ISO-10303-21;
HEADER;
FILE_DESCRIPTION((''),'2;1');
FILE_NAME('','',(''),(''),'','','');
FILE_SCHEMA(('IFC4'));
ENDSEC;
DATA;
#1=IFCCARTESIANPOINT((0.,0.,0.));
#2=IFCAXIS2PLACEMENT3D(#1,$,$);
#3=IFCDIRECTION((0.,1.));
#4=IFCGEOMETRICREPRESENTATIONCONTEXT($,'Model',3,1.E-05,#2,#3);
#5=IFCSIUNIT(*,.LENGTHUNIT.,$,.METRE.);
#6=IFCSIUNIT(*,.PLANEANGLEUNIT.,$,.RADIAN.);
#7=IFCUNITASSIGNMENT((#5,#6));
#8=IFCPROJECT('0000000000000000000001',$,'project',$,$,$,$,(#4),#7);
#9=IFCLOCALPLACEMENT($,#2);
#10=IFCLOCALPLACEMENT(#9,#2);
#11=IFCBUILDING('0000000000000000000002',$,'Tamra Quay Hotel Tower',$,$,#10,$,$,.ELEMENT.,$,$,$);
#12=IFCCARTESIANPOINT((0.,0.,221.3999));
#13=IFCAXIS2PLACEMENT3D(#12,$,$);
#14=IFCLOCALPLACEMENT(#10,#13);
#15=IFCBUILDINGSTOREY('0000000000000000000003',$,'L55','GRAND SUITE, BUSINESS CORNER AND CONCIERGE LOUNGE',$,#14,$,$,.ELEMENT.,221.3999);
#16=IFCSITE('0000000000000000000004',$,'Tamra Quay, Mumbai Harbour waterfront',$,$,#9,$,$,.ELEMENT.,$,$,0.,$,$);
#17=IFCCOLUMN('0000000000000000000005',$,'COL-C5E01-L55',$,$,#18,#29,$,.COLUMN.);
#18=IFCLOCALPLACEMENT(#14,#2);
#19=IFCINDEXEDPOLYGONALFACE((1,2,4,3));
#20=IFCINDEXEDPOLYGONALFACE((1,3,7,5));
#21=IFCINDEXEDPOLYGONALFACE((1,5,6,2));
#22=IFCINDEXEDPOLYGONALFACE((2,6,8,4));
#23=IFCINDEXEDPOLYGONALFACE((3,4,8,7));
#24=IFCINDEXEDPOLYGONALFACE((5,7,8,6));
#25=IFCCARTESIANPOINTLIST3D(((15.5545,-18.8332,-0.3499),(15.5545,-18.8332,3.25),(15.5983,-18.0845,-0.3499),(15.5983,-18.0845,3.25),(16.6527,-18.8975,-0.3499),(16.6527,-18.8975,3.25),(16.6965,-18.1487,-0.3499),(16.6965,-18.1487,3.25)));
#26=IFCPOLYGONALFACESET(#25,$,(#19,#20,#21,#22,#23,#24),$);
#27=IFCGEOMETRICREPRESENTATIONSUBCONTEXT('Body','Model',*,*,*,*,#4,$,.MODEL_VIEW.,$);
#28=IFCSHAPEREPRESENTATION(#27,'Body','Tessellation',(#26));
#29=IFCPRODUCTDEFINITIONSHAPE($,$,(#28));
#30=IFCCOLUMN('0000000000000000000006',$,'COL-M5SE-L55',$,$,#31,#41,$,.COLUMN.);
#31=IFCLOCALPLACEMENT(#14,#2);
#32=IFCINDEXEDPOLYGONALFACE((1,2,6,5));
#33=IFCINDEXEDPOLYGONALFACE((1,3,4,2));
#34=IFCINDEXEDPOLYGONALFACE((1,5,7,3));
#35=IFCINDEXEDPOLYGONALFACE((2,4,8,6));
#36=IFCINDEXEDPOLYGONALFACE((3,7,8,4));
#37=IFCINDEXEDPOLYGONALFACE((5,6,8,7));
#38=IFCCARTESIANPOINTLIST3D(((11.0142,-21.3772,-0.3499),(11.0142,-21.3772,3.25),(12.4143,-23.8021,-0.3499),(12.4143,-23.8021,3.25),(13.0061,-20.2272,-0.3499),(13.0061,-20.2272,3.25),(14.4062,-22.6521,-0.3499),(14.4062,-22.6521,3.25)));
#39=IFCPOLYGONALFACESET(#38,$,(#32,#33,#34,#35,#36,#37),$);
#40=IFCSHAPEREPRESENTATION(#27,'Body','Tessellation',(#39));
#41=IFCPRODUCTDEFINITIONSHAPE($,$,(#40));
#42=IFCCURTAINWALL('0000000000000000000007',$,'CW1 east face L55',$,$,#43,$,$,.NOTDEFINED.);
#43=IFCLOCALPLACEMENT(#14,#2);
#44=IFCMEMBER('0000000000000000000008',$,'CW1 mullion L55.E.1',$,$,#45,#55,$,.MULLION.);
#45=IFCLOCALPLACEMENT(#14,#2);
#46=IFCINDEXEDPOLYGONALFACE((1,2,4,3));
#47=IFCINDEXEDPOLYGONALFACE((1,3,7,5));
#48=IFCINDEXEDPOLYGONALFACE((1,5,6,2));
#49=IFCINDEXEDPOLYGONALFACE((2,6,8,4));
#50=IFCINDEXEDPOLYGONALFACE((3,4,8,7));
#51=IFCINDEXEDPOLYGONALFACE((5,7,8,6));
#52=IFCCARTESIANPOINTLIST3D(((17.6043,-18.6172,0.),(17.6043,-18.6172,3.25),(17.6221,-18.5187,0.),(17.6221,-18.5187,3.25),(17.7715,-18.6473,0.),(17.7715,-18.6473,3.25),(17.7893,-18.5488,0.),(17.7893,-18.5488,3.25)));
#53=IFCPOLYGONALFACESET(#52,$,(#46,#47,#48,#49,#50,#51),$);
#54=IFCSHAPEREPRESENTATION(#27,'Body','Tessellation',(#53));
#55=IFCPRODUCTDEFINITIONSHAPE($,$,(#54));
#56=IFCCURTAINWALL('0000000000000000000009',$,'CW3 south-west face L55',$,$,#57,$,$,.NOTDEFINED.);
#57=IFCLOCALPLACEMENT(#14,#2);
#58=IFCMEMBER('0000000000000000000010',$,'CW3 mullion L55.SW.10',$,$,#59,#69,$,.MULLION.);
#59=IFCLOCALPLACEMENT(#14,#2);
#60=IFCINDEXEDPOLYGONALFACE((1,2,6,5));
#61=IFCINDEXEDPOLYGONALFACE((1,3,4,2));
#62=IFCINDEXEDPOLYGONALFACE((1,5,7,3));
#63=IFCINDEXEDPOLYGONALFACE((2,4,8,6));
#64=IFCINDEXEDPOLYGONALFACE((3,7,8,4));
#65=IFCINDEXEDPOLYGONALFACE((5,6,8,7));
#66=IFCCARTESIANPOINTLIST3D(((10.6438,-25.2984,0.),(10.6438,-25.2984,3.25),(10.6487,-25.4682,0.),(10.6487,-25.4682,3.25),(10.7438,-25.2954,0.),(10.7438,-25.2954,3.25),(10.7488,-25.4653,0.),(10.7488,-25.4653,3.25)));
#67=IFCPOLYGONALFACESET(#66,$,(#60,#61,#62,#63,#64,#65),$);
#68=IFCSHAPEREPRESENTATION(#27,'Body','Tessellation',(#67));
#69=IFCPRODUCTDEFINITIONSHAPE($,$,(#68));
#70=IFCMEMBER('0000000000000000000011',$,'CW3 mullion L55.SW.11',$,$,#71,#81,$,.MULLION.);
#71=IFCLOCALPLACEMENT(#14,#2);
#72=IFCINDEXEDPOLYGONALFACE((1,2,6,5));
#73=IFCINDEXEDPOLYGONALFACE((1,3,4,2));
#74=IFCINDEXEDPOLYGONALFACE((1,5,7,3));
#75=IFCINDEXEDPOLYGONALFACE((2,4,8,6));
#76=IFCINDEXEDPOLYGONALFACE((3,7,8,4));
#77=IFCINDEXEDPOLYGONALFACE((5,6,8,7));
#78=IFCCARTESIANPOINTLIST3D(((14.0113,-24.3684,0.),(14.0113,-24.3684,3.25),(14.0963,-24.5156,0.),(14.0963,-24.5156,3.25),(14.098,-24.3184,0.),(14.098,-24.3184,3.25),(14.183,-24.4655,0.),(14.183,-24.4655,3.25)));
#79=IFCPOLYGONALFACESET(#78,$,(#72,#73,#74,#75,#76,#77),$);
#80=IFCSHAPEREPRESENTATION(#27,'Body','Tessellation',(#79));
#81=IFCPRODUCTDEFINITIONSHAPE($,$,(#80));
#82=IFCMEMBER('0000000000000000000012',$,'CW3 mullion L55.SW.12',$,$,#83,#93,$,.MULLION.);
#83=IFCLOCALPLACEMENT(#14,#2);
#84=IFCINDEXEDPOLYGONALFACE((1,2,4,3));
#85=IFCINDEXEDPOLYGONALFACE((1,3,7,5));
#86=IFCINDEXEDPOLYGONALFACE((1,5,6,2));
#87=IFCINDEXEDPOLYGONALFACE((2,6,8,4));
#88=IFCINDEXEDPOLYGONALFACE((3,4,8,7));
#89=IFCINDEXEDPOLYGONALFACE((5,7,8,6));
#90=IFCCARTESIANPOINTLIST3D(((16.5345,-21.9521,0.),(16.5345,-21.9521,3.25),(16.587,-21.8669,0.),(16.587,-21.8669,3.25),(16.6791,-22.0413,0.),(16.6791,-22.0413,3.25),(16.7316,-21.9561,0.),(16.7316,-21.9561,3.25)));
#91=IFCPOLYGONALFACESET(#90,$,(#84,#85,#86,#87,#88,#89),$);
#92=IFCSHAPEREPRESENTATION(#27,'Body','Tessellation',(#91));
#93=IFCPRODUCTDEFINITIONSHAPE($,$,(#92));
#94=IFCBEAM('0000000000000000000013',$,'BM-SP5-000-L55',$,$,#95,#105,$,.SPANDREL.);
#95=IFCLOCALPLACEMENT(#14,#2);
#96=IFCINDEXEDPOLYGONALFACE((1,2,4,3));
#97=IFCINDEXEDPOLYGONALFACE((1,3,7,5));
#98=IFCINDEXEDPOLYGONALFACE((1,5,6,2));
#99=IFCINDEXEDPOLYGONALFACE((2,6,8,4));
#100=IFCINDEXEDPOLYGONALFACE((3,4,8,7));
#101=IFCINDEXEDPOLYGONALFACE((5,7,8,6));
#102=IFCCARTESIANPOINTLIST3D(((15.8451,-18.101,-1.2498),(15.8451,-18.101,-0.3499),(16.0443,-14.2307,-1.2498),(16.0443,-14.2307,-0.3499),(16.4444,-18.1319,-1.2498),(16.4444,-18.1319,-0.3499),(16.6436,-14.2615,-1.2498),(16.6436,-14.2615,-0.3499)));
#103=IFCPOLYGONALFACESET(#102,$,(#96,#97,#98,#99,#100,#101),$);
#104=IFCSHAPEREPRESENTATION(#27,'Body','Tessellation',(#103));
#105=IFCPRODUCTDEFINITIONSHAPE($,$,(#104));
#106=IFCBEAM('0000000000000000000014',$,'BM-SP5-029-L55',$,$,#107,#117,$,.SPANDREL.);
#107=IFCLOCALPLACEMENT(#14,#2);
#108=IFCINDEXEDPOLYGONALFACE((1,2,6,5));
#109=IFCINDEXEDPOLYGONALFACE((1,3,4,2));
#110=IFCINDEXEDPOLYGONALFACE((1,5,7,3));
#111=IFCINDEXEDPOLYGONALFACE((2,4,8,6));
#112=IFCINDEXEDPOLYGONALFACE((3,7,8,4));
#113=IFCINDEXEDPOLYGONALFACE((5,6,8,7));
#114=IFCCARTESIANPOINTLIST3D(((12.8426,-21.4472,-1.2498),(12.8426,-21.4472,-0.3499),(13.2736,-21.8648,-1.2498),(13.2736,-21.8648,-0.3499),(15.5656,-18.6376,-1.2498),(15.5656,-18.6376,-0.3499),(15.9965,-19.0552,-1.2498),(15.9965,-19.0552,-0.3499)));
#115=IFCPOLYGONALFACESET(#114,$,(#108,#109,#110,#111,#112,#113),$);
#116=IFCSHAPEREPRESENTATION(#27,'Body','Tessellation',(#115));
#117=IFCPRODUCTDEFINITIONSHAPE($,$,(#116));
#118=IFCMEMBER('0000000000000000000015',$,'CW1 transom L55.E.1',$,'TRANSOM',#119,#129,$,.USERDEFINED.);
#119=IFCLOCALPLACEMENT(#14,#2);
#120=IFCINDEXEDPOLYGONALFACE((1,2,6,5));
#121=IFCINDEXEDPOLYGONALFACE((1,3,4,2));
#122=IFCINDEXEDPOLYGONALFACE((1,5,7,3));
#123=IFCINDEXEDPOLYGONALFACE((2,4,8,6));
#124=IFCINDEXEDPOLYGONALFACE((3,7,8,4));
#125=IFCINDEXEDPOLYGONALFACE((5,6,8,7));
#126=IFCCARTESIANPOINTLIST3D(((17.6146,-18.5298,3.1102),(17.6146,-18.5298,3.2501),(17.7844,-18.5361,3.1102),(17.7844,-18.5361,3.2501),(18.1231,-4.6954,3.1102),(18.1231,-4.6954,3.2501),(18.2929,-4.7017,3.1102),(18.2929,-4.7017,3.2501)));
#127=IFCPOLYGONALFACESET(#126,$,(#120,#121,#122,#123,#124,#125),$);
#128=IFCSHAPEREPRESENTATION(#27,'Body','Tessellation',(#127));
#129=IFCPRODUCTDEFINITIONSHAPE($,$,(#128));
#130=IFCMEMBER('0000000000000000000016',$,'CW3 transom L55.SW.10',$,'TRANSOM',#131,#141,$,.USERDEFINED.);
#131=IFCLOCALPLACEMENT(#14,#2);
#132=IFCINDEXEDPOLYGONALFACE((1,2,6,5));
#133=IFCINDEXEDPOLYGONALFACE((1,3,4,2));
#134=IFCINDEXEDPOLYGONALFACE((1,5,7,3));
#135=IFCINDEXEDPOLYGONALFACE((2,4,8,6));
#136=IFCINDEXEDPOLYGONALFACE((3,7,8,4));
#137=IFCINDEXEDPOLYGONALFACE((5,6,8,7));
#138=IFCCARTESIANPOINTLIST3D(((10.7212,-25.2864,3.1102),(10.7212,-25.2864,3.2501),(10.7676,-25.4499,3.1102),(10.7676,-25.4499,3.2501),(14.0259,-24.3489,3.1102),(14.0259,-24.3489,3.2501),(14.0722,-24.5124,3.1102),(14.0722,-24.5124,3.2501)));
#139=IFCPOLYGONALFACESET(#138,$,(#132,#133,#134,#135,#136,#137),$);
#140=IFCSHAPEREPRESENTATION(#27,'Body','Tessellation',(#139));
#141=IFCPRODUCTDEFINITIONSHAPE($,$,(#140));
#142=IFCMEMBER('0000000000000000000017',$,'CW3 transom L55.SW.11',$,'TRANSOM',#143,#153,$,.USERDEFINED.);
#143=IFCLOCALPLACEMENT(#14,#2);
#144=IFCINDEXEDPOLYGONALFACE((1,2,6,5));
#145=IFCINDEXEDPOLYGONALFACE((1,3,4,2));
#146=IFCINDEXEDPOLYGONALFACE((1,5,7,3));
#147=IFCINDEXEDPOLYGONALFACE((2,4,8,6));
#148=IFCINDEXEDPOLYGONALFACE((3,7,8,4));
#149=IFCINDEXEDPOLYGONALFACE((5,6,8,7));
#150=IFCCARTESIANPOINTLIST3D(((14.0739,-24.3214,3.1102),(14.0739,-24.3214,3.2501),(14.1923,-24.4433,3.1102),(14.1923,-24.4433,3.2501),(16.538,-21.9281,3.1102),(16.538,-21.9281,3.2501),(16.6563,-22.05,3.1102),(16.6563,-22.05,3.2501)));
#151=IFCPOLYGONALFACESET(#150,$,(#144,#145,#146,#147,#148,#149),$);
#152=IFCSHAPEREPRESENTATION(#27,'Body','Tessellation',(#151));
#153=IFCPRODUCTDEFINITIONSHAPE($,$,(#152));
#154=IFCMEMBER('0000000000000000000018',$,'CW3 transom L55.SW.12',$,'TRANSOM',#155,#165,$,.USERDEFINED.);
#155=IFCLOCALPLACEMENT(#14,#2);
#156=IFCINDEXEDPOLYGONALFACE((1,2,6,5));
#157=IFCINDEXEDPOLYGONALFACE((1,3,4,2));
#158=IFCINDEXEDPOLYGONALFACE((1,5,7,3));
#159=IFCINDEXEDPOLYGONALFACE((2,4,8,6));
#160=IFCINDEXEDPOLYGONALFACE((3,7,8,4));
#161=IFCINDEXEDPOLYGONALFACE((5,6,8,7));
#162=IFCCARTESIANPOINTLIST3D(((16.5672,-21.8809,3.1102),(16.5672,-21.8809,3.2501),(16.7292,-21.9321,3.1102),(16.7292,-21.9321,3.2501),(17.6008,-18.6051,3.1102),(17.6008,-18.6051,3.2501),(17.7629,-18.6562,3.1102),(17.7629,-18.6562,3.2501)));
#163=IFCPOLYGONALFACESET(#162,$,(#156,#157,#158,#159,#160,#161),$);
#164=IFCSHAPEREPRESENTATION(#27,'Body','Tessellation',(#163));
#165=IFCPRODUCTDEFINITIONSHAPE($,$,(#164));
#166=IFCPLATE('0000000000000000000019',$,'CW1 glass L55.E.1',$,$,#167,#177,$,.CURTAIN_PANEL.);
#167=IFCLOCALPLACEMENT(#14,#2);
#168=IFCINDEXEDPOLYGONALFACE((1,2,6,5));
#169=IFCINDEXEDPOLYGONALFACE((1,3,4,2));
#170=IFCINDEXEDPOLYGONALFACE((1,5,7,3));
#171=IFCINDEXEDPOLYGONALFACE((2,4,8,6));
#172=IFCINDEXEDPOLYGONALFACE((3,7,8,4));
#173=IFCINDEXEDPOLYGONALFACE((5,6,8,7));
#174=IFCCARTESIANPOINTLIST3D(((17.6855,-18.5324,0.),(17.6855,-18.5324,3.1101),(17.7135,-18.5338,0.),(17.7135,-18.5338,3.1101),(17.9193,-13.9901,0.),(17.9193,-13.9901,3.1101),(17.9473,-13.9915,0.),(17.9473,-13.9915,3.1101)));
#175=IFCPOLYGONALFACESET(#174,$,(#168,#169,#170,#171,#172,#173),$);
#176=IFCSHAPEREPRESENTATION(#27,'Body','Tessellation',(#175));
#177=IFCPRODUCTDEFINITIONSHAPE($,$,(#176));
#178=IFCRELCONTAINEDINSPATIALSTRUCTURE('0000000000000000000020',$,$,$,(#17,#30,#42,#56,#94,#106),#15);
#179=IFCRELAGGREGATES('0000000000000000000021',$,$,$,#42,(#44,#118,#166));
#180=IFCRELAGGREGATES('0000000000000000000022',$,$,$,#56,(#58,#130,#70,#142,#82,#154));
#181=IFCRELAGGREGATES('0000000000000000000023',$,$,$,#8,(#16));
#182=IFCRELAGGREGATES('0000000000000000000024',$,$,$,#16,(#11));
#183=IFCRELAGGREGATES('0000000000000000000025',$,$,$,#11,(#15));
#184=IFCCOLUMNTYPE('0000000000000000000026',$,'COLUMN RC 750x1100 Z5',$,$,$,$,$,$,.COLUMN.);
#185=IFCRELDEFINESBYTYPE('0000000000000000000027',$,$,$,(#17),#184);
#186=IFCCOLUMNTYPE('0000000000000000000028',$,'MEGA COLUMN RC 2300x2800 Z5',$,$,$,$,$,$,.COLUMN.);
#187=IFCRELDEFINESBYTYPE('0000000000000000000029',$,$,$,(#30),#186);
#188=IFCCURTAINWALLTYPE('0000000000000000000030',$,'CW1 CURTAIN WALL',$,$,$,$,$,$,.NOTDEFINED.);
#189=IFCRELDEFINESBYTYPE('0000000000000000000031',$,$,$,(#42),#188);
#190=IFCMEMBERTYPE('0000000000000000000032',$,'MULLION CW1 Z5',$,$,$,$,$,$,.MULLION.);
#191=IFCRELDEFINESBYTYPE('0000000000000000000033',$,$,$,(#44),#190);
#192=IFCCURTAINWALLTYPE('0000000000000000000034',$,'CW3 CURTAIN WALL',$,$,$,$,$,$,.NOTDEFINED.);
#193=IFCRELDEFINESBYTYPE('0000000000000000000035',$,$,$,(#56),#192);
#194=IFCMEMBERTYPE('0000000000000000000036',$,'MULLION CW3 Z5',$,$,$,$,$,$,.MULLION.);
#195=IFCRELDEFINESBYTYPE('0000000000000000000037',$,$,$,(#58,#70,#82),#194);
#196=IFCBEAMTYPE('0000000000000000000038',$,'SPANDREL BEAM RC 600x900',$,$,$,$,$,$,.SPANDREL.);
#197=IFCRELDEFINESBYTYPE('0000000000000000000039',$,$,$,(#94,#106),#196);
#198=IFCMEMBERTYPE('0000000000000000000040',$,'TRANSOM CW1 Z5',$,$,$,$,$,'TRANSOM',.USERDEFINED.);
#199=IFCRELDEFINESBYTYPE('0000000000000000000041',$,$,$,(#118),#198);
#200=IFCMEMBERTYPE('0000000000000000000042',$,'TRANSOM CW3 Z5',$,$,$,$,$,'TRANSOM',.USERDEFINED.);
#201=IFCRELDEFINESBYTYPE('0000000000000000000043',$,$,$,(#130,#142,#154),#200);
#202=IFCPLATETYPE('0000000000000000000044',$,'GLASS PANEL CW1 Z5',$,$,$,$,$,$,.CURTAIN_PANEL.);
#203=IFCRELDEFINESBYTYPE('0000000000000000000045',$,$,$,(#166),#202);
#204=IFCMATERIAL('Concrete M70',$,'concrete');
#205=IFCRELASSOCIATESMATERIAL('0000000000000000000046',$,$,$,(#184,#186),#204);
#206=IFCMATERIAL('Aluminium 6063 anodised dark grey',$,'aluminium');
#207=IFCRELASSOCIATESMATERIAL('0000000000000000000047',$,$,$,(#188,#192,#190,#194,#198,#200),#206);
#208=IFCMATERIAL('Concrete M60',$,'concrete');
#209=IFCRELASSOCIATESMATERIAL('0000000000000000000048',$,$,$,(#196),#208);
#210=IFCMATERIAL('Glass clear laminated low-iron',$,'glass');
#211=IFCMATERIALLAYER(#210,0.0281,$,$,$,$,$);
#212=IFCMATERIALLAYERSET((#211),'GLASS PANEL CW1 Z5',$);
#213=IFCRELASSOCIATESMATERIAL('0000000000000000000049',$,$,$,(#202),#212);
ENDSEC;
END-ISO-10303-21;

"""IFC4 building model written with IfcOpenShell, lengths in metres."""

from ifc_helpers import new_model, si_unit, direction, frame, origin, origin_2d, place, context, subcontext, project, spatial, rectangle, extrude, material, layer, layer_set, material_profile, profile_set, type_object, element, aggregate, save


model = new_model("IFC4")

# Units and contexts
model_context = context("Model", 3, precision=1e-05, world=origin(), true_north=direction((0.0, 1.0)))
body_context = subcontext(model_context, "Body", "Model", "MODEL_VIEW")
ifc_project = project(units=[si_unit("LENGTHUNIT", "METRE"), si_unit("PLANEANGLEUNIT", "RADIAN")], contexts=[model_context])

# Site, building, storey
site_placement = place(None, origin())
site = spatial("IfcSite", under=ifc_project, at=site_placement, Name="Tamra Quay, Mumbai Harbour waterfront", CompositionType="ELEMENT", RefElevation=0.0)
building_placement = place(site_placement, origin())
building = spatial("IfcBuilding", under=site, at=building_placement, Name="Tamra Quay Hotel Tower", CompositionType="ELEMENT")
storey_placement = place(building_placement, frame((0.0, 0.0, 221.3999)))
storey = spatial("IfcBuildingStorey", under=building, at=storey_placement, Name="L55", Description="GRAND SUITE, BUSINESS CORNER AND CONCIERGE LOUNGE", CompositionType="ELEMENT", Elevation=221.3999)

# Columns
ifc_material_1 = material(Name="Concrete M70", Category="concrete")
ifc_material_profile_1 = material_profile(ifc_material_1, rectangle(XDim=1.1001, YDim=0.75, at=origin_2d()), Name="COLUMN RC 750x1100 Z5")
ifc_profile_set_1 = profile_set([ifc_material_profile_1], Name="Concrete M70")
column_type_1 = type_object("IfcColumnType", Name="COLUMN RC 750x1100 Z5", PredefinedType="COLUMN", material=ifc_profile_set_1)
column_1_placement = place(storey_placement, frame((16.1255, -18.491, -0.3499), z_axis=(0.0, 0.0, 1.0), x_axis=(-0.998292, 0.05842, 0.0)))
element("IfcColumn", 1, at=column_1_placement, inside=storey, type_object=column_type_1, Name="COL-C5E01-L55", PredefinedType="COLUMN", context=body_context, shape_type="SweptSolid", body=[
    extrude(rectangle(XDim=1.1001, YDim=0.75, at=origin_2d()), origin(), (0.0, 0.0, 1.0), 3.5999),
])
ifc_material_profile_2 = material_profile(ifc_material_1, rectangle(XDim=2.8, YDim=2.3, at=origin_2d()), Name="MEGA COLUMN RC 2300x2800 Z5")
ifc_profile_set_2 = profile_set([ifc_material_profile_2], Name="Concrete M70")
column_type_2 = type_object("IfcColumnType", Name="MEGA COLUMN RC 2300x2800 Z5", PredefinedType="COLUMN", material=ifc_profile_set_2)
column_2_placement = place(storey_placement, frame((12.7102, -22.0146, -0.3499), z_axis=(0.0, 0.0, 1.0), x_axis=(-0.5, 0.866025, 0.0)))
element("IfcColumn", 2, at=column_2_placement, inside=storey, type_object=column_type_2, Name="COL-M5SE-L55", PredefinedType="COLUMN", context=body_context, shape_type="SweptSolid", body=[
    extrude(rectangle(XDim=2.8, YDim=2.3, at=origin_2d()), origin(), (0.0, 0.0, 1.0), 3.5999),
])

# Curtain wall, member
ifc_material_2 = material(Name="Aluminium 6063 anodised dark grey", Category="aluminium")
curtain_wall_type_1 = type_object("IfcCurtainWallType", Name="CW1 CURTAIN WALL", PredefinedType="NOTDEFINED", material=ifc_material_2)
curtain_wall_1_placement = place(storey_placement, origin())
curtain_wall_1 = element("IfcCurtainWall", 3, at=curtain_wall_1_placement, inside=storey, type_object=curtain_wall_type_1, Name="CW1 east face L55", PredefinedType="NOTDEFINED")
ifc_material_profile_3 = material_profile(ifc_material_2, rectangle(XDim=0.1699, YDim=0.1001, at=origin_2d()), Name="MULLION 100X170")
ifc_profile_set_3 = profile_set([ifc_material_profile_3], Name="Aluminium 6063 anodised dark grey")
member_type_1 = type_object("IfcMemberType", Name="MULLION CW1 Z5", PredefinedType="MULLION", material=ifc_profile_set_3)
member_1_placement = place(storey_placement, frame((17.6968, -18.583, 0.0), z_axis=(0.0, 0.0, 1.0), x_axis=(0.984105, -0.177586, 0.0)))
member_1 = element("IfcMember", 4, at=member_1_placement, type_object=member_type_1, Name="CW1 mullion L55.E.1", PredefinedType="MULLION", context=body_context, shape_type="SweptSolid", body=[
    extrude(rectangle(XDim=0.1699, YDim=0.1001, at=origin_2d()), origin(), (0.0, 0.0, 1.0), 3.25),
])

# Curtain wall, members
curtain_wall_type_2 = type_object("IfcCurtainWallType", Name="CW3 CURTAIN WALL", PredefinedType="NOTDEFINED", material=ifc_material_2)
curtain_wall_2_placement = place(storey_placement, origin())
curtain_wall_2 = element("IfcCurtainWall", 5, at=curtain_wall_2_placement, inside=storey, type_object=curtain_wall_type_2, Name="CW3 south-west face L55", PredefinedType="NOTDEFINED")
ifc_material_profile_4 = material_profile(ifc_material_2, rectangle(XDim=0.1699, YDim=0.1001, at=origin_2d()), Name="MULLION 100X170")
ifc_profile_set_4 = profile_set([ifc_material_profile_4], Name="Aluminium 6063 anodised dark grey")
member_type_2 = type_object("IfcMemberType", Name="MULLION CW3 Z5", PredefinedType="MULLION", material=ifc_profile_set_4)
member_2_placement = place(storey_placement, frame((10.6963, -25.3818, 0.0), z_axis=(0.0, 0.0, 1.0), x_axis=(0.029223, -0.999573, 0.0)))
member_2 = element("IfcMember", 6, at=member_2_placement, type_object=member_type_2, Name="CW3 mullion L55.SW.10", PredefinedType="MULLION", context=body_context, shape_type="SweptSolid", body=[
    extrude(rectangle(XDim=0.1699, YDim=0.1001, at=origin_2d()), origin(), (0.0, 0.0, 1.0), 3.25),
])
member_3_placement = place(storey_placement, frame((14.0972, -24.417, 0.0), z_axis=(0.0, 0.0, 1.0), x_axis=(0.5, -0.866025, 0.0)))
member_3 = element("IfcMember", 7, at=member_3_placement, type_object=member_type_2, Name="CW3 mullion L55.SW.11", PredefinedType="MULLION", context=body_context, shape_type="SweptSolid", body=[
    extrude(rectangle(XDim=0.1699, YDim=0.1001, at=origin_2d()), origin(), (0.0, 0.0, 1.0), 3.25),
])
member_4_placement = place(storey_placement, frame((16.6331, -21.9541, 0.0), z_axis=(0.0, 0.0, 1.0), x_axis=(0.851044, -0.525094, 0.0)))
member_4 = element("IfcMember", 8, at=member_4_placement, type_object=member_type_2, Name="CW3 mullion L55.SW.12", PredefinedType="MULLION", context=body_context, shape_type="SweptSolid", body=[
    extrude(rectangle(XDim=0.1699, YDim=0.1001, at=origin_2d()), origin(), (0.0, 0.0, 1.0), 3.25),
])

# Beams
ifc_material_3 = material(Name="Concrete M60", Category="concrete")
ifc_material_profile_5 = material_profile(ifc_material_3, rectangle(XDim=0.6001, YDim=0.8999, at=origin_2d()), Name="SPANDREL BEAM RC 600x900")
ifc_profile_set_5 = profile_set([ifc_material_profile_5], Name="Concrete M60")
beam_type = type_object("IfcBeamType", Name="SPANDREL BEAM RC 600x900", PredefinedType="SPANDREL", material=ifc_profile_set_5)
beam_1_placement = place(storey_placement, frame((16.1448, -18.1165, -0.7998), z_axis=(0.051405, 0.998678, 0.0), x_axis=(-0.998678, 0.051405, 0.0)))
element("IfcBeam", 9, at=beam_1_placement, inside=storey, type_object=beam_type, Name="BM-SP5-000-L55", PredefinedType="SPANDREL", context=body_context, shape_type="SweptSolid", body=[
    extrude(rectangle(XDim=0.6001, YDim=0.8999, at=origin_2d()), origin(), (0.0, 0.0, 1.0), 3.8755),
])
beam_2_placement = place(storey_placement, frame((13.0581, -21.656, -0.7998), z_axis=(0.695944, 0.718096, 0.0), x_axis=(-0.718096, 0.695944, 0.0)))
element("IfcBeam", 10, at=beam_2_placement, inside=storey, type_object=beam_type, Name="BM-SP5-029-L55", PredefinedType="SPANDREL", context=body_context, shape_type="SweptSolid", body=[
    extrude(rectangle(XDim=0.6001, YDim=0.8999, at=origin_2d()), origin(), (0.0, 0.0, 1.0), 3.9126),
])

# Members
ifc_material_profile_6 = material_profile(ifc_material_2, rectangle(XDim=0.1699, YDim=0.1399, at=origin_2d()), Name="TRANSOM 170X140")
ifc_profile_set_6 = profile_set([ifc_material_profile_6], Name="Aluminium 6063 anodised dark grey")
member_type_3 = type_object("IfcMemberType", Name="TRANSOM CW1 Z5", ElementType="TRANSOM", PredefinedType="USERDEFINED", material=ifc_profile_set_6)
member_5_placement = place(storey_placement, frame((17.6995, -18.533, 3.1802), z_axis=(0.036734, 0.999325, 0.0), x_axis=(-0.999325, 0.036734, 0.0)))
member_5 = element("IfcMember", 11, at=member_5_placement, type_object=member_type_3, Name="CW1 transom L55.E.1", ObjectType="TRANSOM", PredefinedType="USERDEFINED", context=body_context, shape_type="SweptSolid", body=[
    extrude(rectangle(XDim=0.1699, YDim=0.1399, at=origin_2d()), origin(), (0.0, 0.0, 1.0), 13.8438),
])
ifc_material_profile_7 = material_profile(ifc_material_2, rectangle(XDim=0.1699, YDim=0.1399, at=origin_2d()), Name="TRANSOM 170X140")
ifc_profile_set_7 = profile_set([ifc_material_profile_7], Name="Aluminium 6063 anodised dark grey")
member_type_4 = type_object("IfcMemberType", Name="TRANSOM CW3 Z5", ElementType="TRANSOM", PredefinedType="USERDEFINED", material=ifc_profile_set_7)
member_6_placement = place(storey_placement, frame((10.7444, -25.3682, 3.1802), z_axis=(0.962037, 0.272918, 0.0), x_axis=(-0.272918, 0.962037, 0.0)))
member_6 = element("IfcMember", 12, at=member_6_placement, type_object=member_type_4, Name="CW3 transom L55.SW.10", ObjectType="TRANSOM", PredefinedType="USERDEFINED", context=body_context, shape_type="SweptSolid", body=[
    extrude(rectangle(XDim=0.1699, YDim=0.1399, at=origin_2d()), origin(), (0.0, 0.0, 1.0), 3.4351),
])
member_7_placement = place(storey_placement, frame((14.1331, -24.3823, 3.1802), z_axis=(0.717337, 0.696726, 0.0), x_axis=(-0.696726, 0.717337, 0.0)))
member_7 = element("IfcMember", 13, at=member_7_placement, type_object=member_type_4, Name="CW3 transom L55.SW.11", ObjectType="TRANSOM", PredefinedType="USERDEFINED", context=body_context, shape_type="SweptSolid", body=[
    extrude(rectangle(XDim=0.1699, YDim=0.1399, at=origin_2d()), origin(), (0.0, 0.0, 1.0), 3.4351),
])
member_8_placement = place(storey_placement, frame((16.6482, -21.9065, 3.1802), z_axis=(0.30092, 0.953649, 0.0), x_axis=(-0.953649, 0.30092, 0.0)))
member_8 = element("IfcMember", 14, at=member_8_placement, type_object=member_type_4, Name="CW3 transom L55.SW.12", ObjectType="TRANSOM", PredefinedType="USERDEFINED", context=body_context, shape_type="SweptSolid", body=[
    extrude(rectangle(XDim=0.1699, YDim=0.1399, at=origin_2d()), origin(), (0.0, 0.0, 1.0), 3.4351),
])

# Plate
ifc_material_4 = material(Name="Glass clear laminated low-iron", Category="glass")
ifc_layer_1 = layer(ifc_material_4, 0.0281)
ifc_layer_set_1 = layer_set([ifc_layer_1], Name="GLASS PANEL CW1 Z5")
plate_type_1 = type_object("IfcPlateType", Name="GLASS PANEL CW1 Z5", PredefinedType="CURTAIN_PANEL", material=ifc_layer_set_1)
plate_1_placement = place(storey_placement, frame((17.8164, -16.262, 0.0), z_axis=(0.0, 0.0, 1.0), x_axis=(0.051403, 0.998678, 0.0)))
plate_1 = element("IfcPlate", 15, at=plate_1_placement, type_object=plate_type_1, Name="CW1 glass L55.E.1", PredefinedType="CURTAIN_PANEL", context=body_context, shape_type="SweptSolid", body=[
    extrude(rectangle(XDim=4.5483, YDim=0.0281, at=origin_2d()), origin(), (0.0, 0.0, 1.0), 3.1101),
])
aggregate(curtain_wall_1, [member_1, member_5, plate_1])
aggregate(curtain_wall_2, [member_2, member_6, member_3, member_7, member_4, member_8])

save(model, "model.ifc")
